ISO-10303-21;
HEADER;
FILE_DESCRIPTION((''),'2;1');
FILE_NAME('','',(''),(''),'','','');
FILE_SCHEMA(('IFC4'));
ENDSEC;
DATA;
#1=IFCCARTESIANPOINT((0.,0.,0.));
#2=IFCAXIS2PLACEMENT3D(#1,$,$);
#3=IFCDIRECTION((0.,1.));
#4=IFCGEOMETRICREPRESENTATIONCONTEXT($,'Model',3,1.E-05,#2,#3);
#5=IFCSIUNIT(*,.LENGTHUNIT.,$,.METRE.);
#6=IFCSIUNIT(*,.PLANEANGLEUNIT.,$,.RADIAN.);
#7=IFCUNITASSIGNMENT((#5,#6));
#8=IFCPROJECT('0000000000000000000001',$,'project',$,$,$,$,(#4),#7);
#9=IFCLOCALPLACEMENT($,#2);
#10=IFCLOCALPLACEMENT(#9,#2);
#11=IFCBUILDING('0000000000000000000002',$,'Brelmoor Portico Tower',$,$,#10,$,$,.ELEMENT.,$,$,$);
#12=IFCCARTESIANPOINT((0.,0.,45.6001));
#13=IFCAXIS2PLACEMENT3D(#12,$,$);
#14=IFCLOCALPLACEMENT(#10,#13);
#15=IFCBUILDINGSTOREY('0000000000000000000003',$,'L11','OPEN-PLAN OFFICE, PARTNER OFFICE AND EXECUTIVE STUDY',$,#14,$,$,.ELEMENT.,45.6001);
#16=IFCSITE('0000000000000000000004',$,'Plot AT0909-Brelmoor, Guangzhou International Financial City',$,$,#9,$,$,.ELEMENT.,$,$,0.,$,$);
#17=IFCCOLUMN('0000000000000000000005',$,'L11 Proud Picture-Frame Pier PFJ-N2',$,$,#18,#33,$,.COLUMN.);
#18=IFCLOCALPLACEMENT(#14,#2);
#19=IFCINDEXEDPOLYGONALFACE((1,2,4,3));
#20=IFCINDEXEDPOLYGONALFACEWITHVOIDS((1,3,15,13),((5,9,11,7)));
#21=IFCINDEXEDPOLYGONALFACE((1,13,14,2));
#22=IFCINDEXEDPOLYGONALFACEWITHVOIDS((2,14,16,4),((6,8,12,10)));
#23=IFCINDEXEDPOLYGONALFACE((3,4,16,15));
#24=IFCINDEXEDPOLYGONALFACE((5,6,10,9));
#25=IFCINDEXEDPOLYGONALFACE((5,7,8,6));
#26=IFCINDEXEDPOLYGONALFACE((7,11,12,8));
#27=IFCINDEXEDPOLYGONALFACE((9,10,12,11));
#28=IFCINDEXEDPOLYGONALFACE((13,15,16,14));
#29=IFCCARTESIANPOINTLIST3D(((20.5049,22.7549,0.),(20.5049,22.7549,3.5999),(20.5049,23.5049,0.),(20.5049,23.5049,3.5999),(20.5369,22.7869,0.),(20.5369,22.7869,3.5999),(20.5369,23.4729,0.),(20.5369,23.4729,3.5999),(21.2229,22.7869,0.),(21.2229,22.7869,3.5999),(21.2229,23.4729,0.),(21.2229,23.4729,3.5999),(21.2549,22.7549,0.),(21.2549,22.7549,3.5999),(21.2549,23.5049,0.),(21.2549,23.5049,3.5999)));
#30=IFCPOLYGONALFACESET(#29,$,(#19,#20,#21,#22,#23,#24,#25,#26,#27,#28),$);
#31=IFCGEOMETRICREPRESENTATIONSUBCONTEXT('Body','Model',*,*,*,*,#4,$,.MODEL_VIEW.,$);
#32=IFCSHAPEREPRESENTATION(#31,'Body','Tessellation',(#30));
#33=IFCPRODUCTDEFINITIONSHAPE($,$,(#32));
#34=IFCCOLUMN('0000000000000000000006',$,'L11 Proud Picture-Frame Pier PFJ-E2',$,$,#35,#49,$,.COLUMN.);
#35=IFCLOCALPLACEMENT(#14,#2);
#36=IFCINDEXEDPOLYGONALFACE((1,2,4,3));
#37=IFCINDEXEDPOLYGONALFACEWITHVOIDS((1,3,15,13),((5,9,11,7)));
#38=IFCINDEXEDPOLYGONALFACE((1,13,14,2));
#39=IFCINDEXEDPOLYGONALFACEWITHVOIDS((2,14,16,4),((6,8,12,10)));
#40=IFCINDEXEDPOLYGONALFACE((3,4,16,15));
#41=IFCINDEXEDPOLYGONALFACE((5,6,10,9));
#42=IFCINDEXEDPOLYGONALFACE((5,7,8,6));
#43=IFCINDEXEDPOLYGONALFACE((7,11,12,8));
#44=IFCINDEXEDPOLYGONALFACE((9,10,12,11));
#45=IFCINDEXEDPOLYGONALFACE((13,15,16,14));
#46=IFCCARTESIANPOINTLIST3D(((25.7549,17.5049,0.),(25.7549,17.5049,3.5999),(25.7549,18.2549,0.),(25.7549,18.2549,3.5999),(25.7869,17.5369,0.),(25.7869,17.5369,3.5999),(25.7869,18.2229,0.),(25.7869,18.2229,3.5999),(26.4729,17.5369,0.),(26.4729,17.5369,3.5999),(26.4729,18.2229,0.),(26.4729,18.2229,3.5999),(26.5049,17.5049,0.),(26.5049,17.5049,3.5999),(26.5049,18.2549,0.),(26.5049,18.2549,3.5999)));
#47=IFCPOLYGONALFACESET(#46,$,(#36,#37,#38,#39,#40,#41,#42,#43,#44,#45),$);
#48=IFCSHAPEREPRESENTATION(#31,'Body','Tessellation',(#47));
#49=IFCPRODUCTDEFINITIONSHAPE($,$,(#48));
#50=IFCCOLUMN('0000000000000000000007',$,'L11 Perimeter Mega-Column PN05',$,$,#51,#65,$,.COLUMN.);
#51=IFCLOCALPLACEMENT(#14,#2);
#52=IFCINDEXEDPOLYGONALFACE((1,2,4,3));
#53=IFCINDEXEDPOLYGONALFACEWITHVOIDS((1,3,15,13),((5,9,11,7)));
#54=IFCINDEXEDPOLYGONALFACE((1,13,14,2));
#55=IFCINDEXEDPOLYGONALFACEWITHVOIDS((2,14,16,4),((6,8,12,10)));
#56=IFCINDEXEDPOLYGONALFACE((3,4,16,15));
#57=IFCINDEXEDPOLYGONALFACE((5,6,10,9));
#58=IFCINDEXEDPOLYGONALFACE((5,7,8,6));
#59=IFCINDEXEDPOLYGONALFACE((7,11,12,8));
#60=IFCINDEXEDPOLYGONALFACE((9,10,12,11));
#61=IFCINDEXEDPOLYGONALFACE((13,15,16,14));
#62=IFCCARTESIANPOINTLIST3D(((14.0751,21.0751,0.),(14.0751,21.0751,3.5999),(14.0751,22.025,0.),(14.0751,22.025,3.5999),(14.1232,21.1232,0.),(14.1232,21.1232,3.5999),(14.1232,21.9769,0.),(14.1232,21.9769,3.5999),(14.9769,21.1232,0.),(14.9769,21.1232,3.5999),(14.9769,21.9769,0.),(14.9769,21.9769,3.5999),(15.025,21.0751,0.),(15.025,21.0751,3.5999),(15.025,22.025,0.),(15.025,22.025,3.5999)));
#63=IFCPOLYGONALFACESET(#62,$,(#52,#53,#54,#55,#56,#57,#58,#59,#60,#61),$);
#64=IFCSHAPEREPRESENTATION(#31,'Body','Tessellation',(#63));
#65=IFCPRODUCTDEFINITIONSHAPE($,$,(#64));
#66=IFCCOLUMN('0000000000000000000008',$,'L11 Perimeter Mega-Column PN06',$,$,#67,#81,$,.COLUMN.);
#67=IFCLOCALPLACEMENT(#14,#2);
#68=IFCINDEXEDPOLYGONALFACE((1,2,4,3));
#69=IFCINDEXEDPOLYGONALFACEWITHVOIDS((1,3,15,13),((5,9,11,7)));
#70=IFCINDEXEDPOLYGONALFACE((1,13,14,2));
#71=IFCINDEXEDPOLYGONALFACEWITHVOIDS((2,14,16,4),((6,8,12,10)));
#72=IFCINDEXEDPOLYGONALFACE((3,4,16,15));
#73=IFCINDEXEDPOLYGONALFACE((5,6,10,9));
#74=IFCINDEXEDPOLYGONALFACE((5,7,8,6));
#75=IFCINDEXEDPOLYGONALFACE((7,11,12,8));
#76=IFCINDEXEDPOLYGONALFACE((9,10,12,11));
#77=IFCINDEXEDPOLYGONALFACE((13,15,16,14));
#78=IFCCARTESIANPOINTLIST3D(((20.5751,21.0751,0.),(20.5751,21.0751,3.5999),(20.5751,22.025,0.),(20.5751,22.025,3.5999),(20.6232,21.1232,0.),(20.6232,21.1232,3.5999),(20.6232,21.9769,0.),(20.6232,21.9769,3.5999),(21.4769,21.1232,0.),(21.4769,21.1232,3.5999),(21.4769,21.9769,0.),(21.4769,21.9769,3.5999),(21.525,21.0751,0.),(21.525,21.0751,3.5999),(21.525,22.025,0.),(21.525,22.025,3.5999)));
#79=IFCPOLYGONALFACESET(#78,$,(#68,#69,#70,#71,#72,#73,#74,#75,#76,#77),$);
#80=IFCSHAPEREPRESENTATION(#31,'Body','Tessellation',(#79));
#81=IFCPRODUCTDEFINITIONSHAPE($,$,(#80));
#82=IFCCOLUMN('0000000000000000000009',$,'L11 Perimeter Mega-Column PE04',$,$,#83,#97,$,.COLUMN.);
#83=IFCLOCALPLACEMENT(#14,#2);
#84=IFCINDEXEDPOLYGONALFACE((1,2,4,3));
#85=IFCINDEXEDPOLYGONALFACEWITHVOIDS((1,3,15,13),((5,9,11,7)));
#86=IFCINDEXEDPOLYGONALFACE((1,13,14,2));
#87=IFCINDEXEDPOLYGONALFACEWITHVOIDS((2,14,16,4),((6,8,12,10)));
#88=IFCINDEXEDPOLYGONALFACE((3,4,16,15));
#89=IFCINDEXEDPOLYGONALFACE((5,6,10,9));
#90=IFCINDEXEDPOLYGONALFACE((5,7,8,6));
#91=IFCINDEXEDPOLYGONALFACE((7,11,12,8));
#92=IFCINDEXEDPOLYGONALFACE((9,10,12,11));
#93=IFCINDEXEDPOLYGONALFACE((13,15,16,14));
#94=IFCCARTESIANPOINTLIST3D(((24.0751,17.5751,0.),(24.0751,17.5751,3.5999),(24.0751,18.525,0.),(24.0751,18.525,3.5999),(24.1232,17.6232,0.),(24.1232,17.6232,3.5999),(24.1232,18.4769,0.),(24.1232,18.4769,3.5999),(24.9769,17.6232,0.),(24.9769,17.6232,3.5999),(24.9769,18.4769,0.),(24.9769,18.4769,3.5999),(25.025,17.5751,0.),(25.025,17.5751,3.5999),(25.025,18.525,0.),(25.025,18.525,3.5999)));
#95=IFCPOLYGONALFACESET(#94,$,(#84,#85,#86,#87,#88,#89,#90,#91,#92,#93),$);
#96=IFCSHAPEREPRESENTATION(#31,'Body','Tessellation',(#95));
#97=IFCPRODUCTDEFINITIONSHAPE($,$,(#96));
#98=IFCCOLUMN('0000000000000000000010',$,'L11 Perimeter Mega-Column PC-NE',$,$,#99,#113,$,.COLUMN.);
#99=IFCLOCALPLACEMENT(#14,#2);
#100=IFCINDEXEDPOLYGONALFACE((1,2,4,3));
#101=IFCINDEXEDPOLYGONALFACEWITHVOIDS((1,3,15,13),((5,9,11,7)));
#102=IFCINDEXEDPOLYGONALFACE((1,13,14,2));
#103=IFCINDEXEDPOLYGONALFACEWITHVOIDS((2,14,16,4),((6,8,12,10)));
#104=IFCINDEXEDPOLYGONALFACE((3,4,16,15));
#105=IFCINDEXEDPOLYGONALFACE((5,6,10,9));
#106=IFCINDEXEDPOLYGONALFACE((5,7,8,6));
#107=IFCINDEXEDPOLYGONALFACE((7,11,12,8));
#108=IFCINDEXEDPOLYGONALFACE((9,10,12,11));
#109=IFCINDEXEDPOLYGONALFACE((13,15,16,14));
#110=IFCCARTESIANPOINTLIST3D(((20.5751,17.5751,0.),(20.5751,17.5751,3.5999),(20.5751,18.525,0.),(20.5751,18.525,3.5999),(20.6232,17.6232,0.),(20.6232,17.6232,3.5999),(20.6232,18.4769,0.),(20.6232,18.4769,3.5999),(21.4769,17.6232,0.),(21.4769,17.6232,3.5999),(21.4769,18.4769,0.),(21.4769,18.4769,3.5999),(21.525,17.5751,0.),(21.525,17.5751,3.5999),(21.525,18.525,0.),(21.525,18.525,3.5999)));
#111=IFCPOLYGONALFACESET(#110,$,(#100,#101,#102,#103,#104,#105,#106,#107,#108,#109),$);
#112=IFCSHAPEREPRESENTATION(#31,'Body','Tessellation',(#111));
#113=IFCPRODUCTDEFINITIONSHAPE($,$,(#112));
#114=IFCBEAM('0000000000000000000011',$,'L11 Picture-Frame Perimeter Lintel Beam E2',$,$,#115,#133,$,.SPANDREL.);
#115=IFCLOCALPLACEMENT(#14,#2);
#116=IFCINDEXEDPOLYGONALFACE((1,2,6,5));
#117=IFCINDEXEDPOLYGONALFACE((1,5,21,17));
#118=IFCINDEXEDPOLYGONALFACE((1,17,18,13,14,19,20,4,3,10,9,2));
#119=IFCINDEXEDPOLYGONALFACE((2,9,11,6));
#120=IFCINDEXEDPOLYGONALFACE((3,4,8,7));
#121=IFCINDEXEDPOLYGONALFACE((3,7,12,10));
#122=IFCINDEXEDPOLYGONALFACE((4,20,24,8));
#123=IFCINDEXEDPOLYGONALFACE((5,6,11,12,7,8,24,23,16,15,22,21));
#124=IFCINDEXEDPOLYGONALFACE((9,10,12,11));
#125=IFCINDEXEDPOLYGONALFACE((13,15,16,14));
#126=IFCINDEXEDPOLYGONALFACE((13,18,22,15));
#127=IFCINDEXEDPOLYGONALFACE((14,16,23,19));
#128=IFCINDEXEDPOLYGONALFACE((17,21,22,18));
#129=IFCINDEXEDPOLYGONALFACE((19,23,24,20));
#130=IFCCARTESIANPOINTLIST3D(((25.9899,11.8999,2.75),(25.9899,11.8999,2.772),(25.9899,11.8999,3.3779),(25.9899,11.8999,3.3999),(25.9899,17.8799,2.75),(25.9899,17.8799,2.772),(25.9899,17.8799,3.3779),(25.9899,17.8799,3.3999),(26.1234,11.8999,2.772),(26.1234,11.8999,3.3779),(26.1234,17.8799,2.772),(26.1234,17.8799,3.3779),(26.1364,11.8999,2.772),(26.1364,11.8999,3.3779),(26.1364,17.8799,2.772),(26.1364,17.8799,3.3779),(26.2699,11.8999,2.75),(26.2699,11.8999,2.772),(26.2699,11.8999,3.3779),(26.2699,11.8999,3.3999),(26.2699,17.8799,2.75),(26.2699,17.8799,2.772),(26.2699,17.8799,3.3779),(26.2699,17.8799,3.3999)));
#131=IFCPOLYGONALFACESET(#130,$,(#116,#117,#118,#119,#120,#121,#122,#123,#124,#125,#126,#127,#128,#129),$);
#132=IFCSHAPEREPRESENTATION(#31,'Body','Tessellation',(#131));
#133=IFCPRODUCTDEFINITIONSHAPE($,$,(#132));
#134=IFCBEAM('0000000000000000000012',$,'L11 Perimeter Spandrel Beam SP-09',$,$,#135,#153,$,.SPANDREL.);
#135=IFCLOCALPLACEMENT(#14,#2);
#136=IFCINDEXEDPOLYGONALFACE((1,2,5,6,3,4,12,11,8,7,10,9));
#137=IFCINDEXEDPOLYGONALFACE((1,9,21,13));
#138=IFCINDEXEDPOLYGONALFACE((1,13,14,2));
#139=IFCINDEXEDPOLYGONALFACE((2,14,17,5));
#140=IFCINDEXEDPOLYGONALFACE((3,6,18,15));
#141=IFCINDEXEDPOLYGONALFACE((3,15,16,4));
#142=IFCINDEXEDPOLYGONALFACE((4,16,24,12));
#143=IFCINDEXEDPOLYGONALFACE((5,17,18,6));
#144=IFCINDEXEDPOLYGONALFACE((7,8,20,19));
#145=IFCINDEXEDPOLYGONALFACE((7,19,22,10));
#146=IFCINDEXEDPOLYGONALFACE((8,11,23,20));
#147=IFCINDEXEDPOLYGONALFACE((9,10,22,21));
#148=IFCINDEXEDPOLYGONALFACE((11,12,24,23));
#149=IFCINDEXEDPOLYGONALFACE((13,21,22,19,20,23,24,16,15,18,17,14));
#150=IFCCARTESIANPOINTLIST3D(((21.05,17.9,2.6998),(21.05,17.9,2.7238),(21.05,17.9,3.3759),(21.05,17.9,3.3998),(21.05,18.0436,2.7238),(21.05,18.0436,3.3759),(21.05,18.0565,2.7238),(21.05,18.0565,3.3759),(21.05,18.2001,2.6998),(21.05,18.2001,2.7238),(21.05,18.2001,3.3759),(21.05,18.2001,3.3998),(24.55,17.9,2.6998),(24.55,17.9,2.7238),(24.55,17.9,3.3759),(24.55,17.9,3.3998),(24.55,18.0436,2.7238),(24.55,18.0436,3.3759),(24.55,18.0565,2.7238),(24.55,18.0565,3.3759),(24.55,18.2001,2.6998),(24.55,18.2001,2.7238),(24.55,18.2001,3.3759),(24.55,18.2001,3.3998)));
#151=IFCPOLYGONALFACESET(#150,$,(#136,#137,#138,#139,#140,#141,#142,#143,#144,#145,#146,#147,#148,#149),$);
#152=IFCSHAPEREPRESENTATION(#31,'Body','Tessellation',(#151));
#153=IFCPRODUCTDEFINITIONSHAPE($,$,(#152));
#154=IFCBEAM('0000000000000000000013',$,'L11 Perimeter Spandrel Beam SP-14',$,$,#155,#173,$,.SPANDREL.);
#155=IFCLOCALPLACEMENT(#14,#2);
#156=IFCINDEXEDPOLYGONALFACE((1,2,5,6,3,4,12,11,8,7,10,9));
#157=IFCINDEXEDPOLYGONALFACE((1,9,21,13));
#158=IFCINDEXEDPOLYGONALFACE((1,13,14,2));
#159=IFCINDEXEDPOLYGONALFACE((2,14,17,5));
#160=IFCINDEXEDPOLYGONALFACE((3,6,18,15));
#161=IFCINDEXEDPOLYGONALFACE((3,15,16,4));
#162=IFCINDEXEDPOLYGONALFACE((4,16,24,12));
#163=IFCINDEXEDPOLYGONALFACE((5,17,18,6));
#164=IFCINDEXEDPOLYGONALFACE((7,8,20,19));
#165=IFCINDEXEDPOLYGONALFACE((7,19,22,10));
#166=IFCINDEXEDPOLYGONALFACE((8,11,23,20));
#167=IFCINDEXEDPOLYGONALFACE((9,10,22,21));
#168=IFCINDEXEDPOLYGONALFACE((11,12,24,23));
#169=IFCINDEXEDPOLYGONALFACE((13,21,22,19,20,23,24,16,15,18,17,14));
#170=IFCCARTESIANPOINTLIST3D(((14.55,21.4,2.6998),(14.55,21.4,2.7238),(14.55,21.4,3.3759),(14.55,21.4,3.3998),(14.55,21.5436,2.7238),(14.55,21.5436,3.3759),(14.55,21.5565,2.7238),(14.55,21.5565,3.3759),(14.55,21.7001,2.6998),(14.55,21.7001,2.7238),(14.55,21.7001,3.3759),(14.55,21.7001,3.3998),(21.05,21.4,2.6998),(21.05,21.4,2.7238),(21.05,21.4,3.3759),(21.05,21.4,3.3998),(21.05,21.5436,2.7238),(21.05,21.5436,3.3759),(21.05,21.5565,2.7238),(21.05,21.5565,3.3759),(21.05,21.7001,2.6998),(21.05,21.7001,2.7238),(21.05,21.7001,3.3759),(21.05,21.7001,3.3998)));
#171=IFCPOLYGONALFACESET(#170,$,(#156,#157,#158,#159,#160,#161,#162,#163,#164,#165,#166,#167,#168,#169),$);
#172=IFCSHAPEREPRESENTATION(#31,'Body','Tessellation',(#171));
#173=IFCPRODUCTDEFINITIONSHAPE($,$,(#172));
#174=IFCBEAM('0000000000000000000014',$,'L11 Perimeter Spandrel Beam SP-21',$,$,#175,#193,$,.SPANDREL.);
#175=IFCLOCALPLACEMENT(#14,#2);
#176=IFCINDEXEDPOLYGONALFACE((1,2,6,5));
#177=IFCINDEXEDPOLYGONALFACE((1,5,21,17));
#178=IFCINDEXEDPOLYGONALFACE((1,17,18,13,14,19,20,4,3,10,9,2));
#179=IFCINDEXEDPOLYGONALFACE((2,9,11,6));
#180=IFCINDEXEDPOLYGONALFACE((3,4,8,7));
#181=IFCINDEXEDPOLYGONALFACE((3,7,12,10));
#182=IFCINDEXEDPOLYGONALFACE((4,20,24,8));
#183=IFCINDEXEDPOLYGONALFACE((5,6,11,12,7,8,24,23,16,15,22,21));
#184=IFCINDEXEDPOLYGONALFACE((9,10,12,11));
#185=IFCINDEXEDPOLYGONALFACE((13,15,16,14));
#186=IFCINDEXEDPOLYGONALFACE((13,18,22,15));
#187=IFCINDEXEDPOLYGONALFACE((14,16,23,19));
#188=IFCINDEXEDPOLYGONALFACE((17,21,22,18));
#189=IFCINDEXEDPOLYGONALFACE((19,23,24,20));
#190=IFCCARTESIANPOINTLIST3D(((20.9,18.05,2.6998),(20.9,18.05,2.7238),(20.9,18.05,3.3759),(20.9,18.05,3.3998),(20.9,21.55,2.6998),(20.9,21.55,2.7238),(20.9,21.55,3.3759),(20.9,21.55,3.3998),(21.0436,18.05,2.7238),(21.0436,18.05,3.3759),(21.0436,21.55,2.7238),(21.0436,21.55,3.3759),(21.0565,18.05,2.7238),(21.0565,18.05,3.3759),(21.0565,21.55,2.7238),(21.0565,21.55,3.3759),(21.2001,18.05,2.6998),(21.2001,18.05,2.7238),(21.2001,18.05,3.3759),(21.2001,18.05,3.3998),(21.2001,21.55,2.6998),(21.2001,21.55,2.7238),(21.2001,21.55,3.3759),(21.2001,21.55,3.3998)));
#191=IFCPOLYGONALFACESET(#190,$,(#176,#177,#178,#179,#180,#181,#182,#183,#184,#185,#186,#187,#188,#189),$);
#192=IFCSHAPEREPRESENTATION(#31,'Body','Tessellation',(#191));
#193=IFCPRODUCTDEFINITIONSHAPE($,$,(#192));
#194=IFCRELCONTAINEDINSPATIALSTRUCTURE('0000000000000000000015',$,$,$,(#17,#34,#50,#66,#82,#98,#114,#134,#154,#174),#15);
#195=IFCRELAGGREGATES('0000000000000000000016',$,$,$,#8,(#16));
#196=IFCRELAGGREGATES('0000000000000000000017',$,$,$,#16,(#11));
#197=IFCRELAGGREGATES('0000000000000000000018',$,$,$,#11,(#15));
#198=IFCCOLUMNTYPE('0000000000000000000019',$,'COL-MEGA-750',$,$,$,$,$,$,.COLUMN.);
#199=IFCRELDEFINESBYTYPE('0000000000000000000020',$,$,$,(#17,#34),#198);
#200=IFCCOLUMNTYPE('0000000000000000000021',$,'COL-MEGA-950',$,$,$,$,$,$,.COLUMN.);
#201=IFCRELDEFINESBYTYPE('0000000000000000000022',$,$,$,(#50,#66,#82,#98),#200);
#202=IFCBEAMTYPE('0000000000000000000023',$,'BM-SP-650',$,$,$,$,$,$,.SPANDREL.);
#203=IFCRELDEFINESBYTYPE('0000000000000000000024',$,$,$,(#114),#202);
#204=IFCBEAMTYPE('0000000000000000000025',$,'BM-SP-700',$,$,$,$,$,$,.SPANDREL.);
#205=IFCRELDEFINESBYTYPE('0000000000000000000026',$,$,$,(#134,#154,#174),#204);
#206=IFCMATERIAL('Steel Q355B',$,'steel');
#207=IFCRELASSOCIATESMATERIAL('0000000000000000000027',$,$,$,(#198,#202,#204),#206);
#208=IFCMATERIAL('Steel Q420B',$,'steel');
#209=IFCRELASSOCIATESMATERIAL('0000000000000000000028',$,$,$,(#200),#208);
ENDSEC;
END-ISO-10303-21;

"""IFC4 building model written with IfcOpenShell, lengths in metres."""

from ifc_helpers import new_model, si_unit, direction, frame, origin, origin_2d, place, context, subcontext, project, spatial, hollow_rectangle, i_section, extrude, material, material_profile, profile_set, type_object, element, save


model = new_model("IFC4")

# Units and contexts
model_context = context("Model", 3, precision=1e-05, world=origin(), true_north=direction((0.0, 1.0)))
body_context = subcontext(model_context, "Body", "Model", "MODEL_VIEW")
ifc_project = project(units=[si_unit("LENGTHUNIT", "METRE"), si_unit("PLANEANGLEUNIT", "RADIAN")], contexts=[model_context])

# Site, building, storey
site_placement = place(None, origin())
site = spatial("IfcSite", under=ifc_project, at=site_placement, Name="Plot AT0909-Brelmoor, Guangzhou International Financial City", CompositionType="ELEMENT", RefElevation=0.0)
building_placement = place(site_placement, origin())
building = spatial("IfcBuilding", under=site, at=building_placement, Name="Brelmoor Portico Tower", CompositionType="ELEMENT")
storey_placement = place(building_placement, frame((0.0, 0.0, 45.6001)))
storey = spatial("IfcBuildingStorey", under=building, at=storey_placement, Name="L11", Description="OPEN-PLAN OFFICE, PARTNER OFFICE AND EXECUTIVE STUDY", CompositionType="ELEMENT", Elevation=45.6001)

# Columns
ifc_material_1 = material(Name="Steel Q355B", Category="steel")
ifc_material_profile_1 = material_profile(ifc_material_1, hollow_rectangle(XDim=0.75, YDim=0.75, WallThickness=0.032, at=origin_2d()), Name="BOX 750x750x32")
ifc_profile_set_1 = profile_set([ifc_material_profile_1], Name="Steel Q355B")
column_type_1 = type_object("IfcColumnType", Name="COL-MEGA-750", PredefinedType="COLUMN", material=ifc_profile_set_1)
for number, where, z_axis, x_axis, name in (
    (1, (20.8799, 23.1299, 0.0), (0.0, 0.0, 1.0), (1.0, 0.0, 0.0), "L11 Proud Picture-Frame Pier PFJ-N2"),
    (2, (26.1299, 17.8799, 0.0), (0.0, 0.0, 1.0), (0.0, 1.0, 0.0), "L11 Proud Picture-Frame Pier PFJ-E2"),
):
    element("IfcColumn", number, at=place(storey_placement, frame(where, z_axis=z_axis, x_axis=x_axis)), inside=storey, type_object=column_type_1, Name=name, PredefinedType="COLUMN", context=body_context, shape_type="SweptSolid", body=[
        extrude(hollow_rectangle(XDim=0.75, YDim=0.75, WallThickness=0.032, at=origin_2d()), origin(), (0.0, 0.0, 1.0), 3.5999),
    ])
ifc_material_2 = material(Name="Steel Q420B", Category="steel")
ifc_material_profile_2 = material_profile(ifc_material_2, hollow_rectangle(XDim=0.95, YDim=0.95, WallThickness=0.0481, at=origin_2d()), Name="BOX 950x950x48")
ifc_profile_set_2 = profile_set([ifc_material_profile_2], Name="Steel Q420B")
column_type_2 = type_object("IfcColumnType", Name="COL-MEGA-950", PredefinedType="COLUMN", material=ifc_profile_set_2)
for number, where, z_axis, x_axis, name in (
    (3, (14.55, 21.55, 0.0), (0.0, 0.0, 1.0), (1.0, 0.0, 0.0), "L11 Perimeter Mega-Column PN05"),
    (4, (21.05, 21.55, 0.0), (0.0, 0.0, 1.0), (1.0, 0.0, 0.0), "L11 Perimeter Mega-Column PN06"),
    (5, (24.55, 18.05, 0.0), (0.0, 0.0, 1.0), (0.0, 1.0, 0.0), "L11 Perimeter Mega-Column PE04"),
    (6, (21.05, 18.05, 0.0), (0.0, 0.0, 1.0), (1.0, 0.0, 0.0), "L11 Perimeter Mega-Column PC-NE"),
):
    element("IfcColumn", number, at=place(storey_placement, frame(where, z_axis=z_axis, x_axis=x_axis)), inside=storey, type_object=column_type_2, Name=name, PredefinedType="COLUMN", context=body_context, shape_type="SweptSolid", body=[
        extrude(hollow_rectangle(XDim=0.95, YDim=0.95, WallThickness=0.0481, at=origin_2d()), origin(), (0.0, 0.0, 1.0), 3.5999),
    ])

# Beams
ifc_material_profile_3 = material_profile(ifc_material_1, i_section(OverallWidth=0.28, OverallDepth=0.6499, WebThickness=0.0129, FlangeThickness=0.022, at=origin_2d()), Name="HN 650x280x13x22")
ifc_profile_set_3 = profile_set([ifc_material_profile_3], Name="Steel Q355B")
beam_type_1 = type_object("IfcBeamType", Name="BM-SP-650", PredefinedType="SPANDREL", material=ifc_profile_set_3)
beam_1_placement = place(storey_placement, frame((26.1299, 11.8999, 3.075), z_axis=(0.0, 1.0, 0.0), x_axis=(-1.0, 0.0, 0.0)))
element("IfcBeam", 7, at=beam_1_placement, inside=storey, type_object=beam_type_1, Name="L11 Picture-Frame Perimeter Lintel Beam E2", PredefinedType="SPANDREL", context=body_context, shape_type="SweptSolid", body=[
    extrude(i_section(OverallWidth=0.28, OverallDepth=0.6499, WebThickness=0.0129, FlangeThickness=0.022, at=origin_2d()), origin(), (0.0, 0.0, 1.0), 5.98),
])
ifc_material_profile_4 = material_profile(ifc_material_1, i_section(OverallWidth=0.3, OverallDepth=0.7, WebThickness=0.0129, FlangeThickness=0.0239, at=origin_2d()), Name="HN 700x300x13x24")
ifc_profile_set_4 = profile_set([ifc_material_profile_4], Name="Steel Q355B")
beam_type_2 = type_object("IfcBeamType", Name="BM-SP-700", PredefinedType="SPANDREL", material=ifc_profile_set_4)
beam_2_placement = place(storey_placement, frame((21.05, 18.05, 3.0498), z_axis=(1.0, 0.0, 0.0), x_axis=(0.0, 1.0, 0.0)))
element("IfcBeam", 8, at=beam_2_placement, inside=storey, type_object=beam_type_2, Name="L11 Perimeter Spandrel Beam SP-09", PredefinedType="SPANDREL", context=body_context, shape_type="SweptSolid", body=[
    extrude(i_section(OverallWidth=0.3, OverallDepth=0.7, WebThickness=0.0129, FlangeThickness=0.0239, at=origin_2d()), origin(), (0.0, 0.0, 1.0), 3.5),
])
beam_3_placement = place(storey_placement, frame((14.55, 21.55, 3.0498), z_axis=(1.0, 0.0, 0.0), x_axis=(0.0, 1.0, 0.0)))
element("IfcBeam", 9, at=beam_3_placement, inside=storey, type_object=beam_type_2, Name="L11 Perimeter Spandrel Beam SP-14", PredefinedType="SPANDREL", context=body_context, shape_type="SweptSolid", body=[
    extrude(i_section(OverallWidth=0.3, OverallDepth=0.7, WebThickness=0.0129, FlangeThickness=0.0239, at=origin_2d()), origin(), (0.0, 0.0, 1.0), 6.5),
])
beam_4_placement = place(storey_placement, frame((21.05, 18.05, 3.0498), z_axis=(0.0, 1.0, 0.0), x_axis=(-1.0, 0.0, 0.0)))
element("IfcBeam", 10, at=beam_4_placement, inside=storey, type_object=beam_type_2, Name="L11 Perimeter Spandrel Beam SP-21", PredefinedType="SPANDREL", context=body_context, shape_type="SweptSolid", body=[
    extrude(i_section(OverallWidth=0.3, OverallDepth=0.7, WebThickness=0.0129, FlangeThickness=0.0239, at=origin_2d()), origin(), (0.0, 0.0, 1.0), 3.5),
])

save(model, "model.ifc")
